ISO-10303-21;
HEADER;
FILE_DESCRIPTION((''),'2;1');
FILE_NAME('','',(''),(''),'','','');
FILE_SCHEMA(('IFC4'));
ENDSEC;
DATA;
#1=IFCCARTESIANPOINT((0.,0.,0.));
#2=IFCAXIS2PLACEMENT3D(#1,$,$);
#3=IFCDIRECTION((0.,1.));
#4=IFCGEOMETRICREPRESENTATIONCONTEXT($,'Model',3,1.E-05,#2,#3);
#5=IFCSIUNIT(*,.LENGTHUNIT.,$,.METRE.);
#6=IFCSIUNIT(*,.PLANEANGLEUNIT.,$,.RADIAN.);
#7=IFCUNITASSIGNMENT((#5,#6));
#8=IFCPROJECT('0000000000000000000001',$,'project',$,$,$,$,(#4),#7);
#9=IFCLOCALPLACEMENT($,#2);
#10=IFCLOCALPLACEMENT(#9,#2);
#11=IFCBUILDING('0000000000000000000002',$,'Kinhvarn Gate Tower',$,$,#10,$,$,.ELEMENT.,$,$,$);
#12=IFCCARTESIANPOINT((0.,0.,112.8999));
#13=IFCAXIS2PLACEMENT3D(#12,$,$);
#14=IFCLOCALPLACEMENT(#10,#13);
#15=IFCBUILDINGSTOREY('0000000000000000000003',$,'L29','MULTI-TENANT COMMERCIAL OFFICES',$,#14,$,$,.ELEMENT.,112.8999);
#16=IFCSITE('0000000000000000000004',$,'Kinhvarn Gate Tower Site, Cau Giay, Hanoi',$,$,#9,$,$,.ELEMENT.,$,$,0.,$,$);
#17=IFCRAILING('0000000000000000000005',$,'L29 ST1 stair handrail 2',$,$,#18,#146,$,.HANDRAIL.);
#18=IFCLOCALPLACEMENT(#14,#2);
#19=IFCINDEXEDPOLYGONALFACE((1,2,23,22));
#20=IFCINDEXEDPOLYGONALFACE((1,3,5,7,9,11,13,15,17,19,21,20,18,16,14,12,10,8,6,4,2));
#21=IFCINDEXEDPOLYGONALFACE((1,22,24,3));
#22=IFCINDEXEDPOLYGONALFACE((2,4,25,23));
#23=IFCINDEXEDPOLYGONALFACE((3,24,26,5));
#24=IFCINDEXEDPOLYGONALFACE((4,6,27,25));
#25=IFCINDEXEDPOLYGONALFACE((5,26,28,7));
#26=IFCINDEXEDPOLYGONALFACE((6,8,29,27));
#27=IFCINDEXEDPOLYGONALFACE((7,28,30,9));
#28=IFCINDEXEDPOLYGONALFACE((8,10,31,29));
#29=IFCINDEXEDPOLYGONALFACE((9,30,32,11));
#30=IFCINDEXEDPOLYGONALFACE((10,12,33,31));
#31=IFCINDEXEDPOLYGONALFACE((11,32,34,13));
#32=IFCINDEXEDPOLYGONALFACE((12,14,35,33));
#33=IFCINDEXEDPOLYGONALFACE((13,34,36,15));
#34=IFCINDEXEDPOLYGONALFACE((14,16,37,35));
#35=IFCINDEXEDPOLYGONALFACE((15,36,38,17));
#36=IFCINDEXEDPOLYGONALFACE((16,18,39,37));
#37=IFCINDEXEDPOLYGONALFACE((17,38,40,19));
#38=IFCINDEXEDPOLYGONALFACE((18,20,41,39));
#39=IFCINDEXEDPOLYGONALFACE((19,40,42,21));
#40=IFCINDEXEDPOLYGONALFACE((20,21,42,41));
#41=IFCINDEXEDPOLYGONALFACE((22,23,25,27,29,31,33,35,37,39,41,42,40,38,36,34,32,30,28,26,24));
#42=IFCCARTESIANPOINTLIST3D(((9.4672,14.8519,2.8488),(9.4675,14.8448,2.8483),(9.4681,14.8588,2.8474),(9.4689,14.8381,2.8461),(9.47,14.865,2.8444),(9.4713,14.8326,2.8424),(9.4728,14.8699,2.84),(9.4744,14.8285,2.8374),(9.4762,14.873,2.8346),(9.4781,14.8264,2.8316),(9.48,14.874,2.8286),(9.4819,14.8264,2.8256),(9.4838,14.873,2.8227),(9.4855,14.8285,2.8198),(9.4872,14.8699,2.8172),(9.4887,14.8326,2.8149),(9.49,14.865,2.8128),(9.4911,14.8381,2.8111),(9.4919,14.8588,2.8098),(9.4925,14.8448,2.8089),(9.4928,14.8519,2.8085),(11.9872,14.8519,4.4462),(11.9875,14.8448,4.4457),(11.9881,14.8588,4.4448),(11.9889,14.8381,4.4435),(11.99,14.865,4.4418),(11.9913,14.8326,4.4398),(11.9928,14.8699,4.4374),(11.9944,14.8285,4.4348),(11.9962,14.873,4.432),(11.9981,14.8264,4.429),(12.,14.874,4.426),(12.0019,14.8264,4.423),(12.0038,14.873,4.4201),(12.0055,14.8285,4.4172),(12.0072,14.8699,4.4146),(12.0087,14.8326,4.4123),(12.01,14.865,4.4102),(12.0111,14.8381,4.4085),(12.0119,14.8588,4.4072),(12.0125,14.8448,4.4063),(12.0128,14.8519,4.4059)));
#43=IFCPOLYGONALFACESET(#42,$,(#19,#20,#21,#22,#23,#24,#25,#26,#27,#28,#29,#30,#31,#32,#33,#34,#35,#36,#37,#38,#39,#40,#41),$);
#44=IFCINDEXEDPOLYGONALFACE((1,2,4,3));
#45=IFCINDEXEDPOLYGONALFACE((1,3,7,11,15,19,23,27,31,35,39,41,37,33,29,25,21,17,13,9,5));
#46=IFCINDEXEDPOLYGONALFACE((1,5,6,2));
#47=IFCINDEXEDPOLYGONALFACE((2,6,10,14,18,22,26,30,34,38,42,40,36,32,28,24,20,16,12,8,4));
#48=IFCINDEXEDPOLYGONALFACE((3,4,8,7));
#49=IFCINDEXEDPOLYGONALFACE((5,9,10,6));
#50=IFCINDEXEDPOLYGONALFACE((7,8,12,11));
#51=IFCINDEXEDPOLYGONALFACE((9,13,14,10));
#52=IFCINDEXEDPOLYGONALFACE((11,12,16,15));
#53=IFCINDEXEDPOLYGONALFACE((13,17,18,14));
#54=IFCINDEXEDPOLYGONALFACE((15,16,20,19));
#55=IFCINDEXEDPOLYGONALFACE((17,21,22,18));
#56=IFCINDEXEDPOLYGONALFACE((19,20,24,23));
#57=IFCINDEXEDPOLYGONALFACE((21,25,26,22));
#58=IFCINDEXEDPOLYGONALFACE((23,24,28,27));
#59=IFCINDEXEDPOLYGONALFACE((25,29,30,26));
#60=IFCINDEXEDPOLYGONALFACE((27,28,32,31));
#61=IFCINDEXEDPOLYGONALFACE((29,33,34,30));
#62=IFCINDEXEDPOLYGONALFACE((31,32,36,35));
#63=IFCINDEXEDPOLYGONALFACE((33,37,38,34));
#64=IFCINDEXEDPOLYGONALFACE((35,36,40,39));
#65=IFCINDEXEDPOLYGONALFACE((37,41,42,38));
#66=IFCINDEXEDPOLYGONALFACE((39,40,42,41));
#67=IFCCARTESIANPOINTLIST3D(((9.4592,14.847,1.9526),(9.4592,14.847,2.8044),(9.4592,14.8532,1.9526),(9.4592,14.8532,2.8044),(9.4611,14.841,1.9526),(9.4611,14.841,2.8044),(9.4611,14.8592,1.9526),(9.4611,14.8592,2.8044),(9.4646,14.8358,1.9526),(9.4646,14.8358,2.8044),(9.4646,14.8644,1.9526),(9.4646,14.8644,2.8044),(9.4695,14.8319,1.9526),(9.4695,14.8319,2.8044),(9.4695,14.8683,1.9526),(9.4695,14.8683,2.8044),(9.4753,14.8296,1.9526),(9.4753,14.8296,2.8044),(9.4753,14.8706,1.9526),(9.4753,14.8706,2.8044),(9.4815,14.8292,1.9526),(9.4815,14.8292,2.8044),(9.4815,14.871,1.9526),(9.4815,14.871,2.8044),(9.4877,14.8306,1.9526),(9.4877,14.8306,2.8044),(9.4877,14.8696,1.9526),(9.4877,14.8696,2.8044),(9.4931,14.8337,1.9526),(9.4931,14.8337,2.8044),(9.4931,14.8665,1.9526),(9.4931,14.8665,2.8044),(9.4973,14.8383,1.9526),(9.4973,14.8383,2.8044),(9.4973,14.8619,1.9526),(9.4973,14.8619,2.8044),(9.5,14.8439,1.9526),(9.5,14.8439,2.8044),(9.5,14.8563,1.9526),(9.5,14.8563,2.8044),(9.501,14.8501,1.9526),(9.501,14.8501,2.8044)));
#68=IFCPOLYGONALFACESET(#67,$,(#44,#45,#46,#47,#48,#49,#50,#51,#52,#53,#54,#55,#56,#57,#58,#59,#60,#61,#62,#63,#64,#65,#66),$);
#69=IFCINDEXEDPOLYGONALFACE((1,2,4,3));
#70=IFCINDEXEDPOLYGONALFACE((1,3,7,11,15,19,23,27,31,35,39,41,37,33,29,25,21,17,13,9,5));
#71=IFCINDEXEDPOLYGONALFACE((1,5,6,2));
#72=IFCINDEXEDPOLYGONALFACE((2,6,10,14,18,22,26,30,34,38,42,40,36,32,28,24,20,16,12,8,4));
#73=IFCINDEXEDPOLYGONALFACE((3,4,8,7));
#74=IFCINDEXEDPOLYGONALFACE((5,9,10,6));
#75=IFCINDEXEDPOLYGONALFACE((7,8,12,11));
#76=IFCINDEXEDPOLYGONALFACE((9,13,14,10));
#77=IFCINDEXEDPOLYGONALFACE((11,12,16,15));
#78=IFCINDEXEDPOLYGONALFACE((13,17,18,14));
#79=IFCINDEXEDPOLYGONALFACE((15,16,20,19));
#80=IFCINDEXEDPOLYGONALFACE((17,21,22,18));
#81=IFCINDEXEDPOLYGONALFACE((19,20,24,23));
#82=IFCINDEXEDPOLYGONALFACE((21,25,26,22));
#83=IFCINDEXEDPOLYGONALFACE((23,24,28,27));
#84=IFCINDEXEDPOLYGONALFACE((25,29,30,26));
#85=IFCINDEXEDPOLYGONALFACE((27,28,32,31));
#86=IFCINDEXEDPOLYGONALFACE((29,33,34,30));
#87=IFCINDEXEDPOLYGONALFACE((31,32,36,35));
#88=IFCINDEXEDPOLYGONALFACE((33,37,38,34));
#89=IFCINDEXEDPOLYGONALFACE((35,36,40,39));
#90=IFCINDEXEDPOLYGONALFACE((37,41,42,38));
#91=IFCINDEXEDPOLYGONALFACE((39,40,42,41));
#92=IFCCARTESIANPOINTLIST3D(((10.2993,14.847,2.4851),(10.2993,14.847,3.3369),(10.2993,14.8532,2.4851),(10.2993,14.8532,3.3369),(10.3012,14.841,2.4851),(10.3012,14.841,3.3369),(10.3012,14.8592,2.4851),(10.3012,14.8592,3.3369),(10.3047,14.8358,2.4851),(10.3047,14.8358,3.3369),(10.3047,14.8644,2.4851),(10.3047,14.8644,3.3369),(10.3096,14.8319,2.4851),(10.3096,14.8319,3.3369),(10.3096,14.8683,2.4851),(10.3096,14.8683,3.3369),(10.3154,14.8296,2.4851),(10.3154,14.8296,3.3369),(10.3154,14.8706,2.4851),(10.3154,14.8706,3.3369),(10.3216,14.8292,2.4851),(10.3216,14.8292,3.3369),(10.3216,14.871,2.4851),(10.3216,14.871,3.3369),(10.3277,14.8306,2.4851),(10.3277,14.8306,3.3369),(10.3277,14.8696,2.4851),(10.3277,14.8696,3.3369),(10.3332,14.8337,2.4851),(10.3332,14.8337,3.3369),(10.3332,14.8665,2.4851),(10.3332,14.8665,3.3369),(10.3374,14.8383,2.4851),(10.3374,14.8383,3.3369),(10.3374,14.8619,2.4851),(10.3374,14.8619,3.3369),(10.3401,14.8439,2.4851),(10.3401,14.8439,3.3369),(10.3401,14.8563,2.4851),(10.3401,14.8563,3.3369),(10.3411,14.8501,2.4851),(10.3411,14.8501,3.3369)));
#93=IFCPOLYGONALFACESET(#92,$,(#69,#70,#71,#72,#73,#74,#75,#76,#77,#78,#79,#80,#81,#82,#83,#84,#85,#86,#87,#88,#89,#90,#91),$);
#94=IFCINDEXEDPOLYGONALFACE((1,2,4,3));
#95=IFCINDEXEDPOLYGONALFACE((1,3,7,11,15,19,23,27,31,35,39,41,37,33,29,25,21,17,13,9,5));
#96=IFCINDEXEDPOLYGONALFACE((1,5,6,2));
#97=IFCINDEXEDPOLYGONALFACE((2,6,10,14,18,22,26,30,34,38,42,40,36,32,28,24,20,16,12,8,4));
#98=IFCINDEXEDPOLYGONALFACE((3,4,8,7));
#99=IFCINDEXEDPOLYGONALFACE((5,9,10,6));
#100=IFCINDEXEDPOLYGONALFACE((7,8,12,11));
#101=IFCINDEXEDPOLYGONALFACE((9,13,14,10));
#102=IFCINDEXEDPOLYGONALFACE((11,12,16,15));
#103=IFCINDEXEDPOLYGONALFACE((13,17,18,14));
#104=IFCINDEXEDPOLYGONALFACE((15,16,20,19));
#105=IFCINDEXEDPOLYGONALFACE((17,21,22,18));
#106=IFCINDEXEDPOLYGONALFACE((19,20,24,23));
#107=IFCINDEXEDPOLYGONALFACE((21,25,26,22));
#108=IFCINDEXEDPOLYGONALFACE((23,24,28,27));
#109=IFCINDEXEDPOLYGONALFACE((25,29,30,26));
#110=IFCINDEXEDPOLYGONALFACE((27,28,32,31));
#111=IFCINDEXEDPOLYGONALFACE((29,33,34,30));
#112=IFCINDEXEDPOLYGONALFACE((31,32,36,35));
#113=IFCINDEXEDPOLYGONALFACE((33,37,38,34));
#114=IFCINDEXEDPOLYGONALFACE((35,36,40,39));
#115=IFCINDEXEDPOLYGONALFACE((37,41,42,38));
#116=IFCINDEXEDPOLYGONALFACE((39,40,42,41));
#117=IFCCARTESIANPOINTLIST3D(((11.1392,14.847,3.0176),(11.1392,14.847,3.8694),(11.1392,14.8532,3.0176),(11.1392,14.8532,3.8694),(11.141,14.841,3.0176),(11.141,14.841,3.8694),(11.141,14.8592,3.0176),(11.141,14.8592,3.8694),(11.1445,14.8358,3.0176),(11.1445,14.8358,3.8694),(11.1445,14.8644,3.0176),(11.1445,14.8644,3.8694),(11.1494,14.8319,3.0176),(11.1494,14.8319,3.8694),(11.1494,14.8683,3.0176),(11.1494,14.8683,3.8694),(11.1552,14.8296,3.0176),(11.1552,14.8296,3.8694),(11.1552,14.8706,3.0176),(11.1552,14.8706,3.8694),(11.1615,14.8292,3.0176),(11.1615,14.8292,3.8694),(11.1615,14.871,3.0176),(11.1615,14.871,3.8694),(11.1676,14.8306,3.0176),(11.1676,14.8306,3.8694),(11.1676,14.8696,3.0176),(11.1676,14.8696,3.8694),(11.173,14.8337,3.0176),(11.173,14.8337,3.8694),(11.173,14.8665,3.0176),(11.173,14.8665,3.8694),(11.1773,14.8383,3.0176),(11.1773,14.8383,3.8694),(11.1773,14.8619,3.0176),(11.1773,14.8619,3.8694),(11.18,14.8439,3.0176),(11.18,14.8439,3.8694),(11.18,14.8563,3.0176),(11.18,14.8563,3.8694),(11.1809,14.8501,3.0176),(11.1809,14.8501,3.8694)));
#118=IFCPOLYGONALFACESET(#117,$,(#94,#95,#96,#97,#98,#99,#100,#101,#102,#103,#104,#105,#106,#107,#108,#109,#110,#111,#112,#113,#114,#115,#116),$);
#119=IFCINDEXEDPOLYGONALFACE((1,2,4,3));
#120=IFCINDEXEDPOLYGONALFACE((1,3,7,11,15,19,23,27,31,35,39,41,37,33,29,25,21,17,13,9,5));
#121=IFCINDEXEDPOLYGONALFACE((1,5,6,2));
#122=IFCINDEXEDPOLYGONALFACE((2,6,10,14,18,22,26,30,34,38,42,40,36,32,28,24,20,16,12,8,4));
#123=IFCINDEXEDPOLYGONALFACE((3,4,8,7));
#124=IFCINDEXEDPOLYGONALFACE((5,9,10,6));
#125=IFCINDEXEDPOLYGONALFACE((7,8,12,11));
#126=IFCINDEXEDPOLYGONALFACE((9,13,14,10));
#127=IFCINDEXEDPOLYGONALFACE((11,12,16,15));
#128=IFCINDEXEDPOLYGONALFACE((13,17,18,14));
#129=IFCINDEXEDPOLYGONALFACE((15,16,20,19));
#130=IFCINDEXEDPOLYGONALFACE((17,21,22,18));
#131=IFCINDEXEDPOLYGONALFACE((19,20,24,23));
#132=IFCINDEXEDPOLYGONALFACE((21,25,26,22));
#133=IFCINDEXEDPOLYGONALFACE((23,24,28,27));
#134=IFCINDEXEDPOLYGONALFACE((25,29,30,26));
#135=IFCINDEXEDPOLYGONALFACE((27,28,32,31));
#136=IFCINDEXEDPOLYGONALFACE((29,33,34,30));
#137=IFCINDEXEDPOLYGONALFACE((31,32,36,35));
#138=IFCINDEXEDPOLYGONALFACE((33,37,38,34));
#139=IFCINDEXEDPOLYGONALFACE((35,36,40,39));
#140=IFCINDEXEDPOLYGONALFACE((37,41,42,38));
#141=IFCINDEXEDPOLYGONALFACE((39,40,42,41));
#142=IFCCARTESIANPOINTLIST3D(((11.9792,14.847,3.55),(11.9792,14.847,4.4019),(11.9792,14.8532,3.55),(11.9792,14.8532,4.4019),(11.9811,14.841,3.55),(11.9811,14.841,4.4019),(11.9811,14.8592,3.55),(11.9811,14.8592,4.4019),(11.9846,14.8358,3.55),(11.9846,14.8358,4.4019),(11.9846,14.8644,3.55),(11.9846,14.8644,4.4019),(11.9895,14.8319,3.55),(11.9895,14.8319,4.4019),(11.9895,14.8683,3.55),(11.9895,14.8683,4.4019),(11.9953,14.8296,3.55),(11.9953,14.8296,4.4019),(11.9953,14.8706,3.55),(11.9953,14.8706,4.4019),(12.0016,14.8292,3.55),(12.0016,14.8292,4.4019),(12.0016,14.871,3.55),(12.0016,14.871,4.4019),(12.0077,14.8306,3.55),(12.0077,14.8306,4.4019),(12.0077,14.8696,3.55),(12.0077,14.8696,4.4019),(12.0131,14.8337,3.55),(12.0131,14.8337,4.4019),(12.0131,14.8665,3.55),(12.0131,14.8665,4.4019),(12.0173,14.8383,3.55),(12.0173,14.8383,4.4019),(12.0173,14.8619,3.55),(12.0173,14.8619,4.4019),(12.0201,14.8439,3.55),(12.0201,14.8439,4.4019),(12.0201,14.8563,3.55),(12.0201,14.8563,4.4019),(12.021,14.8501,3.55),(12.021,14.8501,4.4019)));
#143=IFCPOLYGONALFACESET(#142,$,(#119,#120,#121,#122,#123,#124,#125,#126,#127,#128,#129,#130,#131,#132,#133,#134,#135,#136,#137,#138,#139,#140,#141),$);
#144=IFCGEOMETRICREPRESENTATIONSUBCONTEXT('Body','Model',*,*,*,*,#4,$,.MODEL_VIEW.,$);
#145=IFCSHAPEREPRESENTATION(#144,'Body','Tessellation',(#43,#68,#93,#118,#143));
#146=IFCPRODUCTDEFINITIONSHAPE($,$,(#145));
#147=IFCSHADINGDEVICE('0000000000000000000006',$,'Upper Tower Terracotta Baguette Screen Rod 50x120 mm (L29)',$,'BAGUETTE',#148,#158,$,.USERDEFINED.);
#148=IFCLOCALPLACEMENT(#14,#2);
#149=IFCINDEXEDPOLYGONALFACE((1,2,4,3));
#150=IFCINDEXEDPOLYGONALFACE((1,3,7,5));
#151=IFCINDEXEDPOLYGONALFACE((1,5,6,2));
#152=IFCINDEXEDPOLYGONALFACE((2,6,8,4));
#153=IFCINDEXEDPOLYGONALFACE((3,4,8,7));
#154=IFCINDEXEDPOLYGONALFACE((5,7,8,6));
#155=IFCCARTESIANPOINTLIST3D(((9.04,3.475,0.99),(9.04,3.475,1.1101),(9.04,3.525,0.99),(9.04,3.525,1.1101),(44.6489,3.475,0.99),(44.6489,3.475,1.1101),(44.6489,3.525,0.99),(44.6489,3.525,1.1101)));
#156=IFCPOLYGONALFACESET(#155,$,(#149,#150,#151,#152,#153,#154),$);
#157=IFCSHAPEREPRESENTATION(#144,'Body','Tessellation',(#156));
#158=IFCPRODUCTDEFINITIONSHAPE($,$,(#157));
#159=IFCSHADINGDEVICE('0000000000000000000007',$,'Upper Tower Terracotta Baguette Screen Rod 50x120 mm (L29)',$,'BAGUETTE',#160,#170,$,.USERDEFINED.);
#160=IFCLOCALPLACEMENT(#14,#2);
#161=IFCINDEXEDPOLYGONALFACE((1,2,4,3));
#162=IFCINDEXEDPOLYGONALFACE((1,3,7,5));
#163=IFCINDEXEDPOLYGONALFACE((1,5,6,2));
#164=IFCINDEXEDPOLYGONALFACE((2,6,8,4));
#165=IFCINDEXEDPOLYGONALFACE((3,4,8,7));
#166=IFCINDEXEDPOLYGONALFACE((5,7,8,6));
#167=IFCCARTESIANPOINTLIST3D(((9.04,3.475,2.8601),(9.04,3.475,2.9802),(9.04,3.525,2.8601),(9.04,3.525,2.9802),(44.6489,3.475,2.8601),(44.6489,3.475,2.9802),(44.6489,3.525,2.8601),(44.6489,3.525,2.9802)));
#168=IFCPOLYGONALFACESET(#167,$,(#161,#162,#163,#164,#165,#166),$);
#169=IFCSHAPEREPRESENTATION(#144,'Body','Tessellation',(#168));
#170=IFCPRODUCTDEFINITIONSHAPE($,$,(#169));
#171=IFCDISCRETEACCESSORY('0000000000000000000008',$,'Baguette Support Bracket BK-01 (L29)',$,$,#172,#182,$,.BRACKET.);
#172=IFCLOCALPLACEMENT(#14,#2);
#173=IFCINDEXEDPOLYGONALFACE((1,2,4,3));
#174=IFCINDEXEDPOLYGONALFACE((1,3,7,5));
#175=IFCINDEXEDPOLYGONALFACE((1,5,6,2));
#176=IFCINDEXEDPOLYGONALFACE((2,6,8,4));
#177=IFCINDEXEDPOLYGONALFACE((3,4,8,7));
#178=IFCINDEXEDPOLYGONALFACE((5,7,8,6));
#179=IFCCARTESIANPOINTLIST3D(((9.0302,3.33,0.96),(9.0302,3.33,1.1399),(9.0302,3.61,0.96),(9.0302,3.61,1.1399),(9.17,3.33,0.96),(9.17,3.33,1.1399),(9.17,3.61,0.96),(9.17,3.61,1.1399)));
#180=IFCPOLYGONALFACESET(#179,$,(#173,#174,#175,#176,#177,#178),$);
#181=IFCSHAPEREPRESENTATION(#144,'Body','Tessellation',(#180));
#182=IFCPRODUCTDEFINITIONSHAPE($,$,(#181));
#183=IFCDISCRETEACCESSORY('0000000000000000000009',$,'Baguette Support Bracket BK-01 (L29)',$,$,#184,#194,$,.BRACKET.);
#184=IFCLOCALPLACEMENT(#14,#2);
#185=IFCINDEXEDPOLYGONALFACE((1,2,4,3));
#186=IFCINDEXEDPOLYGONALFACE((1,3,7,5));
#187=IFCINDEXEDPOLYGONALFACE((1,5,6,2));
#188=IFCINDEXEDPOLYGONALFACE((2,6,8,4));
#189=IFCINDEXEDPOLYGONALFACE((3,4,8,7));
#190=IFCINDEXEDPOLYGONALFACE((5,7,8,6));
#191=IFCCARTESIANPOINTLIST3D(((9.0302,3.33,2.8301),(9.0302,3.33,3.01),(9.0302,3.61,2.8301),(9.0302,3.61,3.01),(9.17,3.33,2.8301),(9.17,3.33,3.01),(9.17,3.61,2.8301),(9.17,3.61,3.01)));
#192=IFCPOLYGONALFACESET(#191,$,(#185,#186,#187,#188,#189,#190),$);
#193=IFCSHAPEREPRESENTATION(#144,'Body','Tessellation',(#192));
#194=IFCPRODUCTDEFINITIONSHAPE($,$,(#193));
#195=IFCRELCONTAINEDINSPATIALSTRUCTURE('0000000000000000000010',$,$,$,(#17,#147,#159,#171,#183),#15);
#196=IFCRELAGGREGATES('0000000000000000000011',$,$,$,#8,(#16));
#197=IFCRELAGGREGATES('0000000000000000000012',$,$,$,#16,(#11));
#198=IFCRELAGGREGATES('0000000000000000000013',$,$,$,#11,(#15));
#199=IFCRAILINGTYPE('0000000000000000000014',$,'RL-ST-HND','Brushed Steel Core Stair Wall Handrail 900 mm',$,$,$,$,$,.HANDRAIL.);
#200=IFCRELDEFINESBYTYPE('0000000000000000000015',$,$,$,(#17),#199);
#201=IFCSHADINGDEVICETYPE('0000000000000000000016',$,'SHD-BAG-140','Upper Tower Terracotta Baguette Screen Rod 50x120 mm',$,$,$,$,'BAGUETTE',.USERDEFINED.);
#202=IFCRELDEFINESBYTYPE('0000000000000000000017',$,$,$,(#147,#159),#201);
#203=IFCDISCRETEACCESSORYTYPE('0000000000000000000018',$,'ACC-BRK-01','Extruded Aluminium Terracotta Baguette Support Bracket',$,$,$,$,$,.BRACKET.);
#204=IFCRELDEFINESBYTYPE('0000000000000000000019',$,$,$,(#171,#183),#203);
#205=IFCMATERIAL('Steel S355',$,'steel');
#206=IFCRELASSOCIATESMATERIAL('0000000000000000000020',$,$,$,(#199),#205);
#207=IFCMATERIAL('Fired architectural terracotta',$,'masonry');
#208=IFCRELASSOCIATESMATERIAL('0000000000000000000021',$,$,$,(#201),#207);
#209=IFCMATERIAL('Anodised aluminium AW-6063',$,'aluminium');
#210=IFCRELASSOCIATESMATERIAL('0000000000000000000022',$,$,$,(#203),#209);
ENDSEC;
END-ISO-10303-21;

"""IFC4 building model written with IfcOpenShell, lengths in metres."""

from ifc_helpers import new_model, si_unit, direction, frame, origin, origin_2d, place, context, subcontext, project, spatial, rectangle, circle, extrude, material, material_profile, profile_set, type_object, element, save


model = new_model("IFC4")

# Units and contexts
model_context = context("Model", 3, precision=1e-05, world=origin(), true_north=direction((0.0, 1.0)))
body_context = subcontext(model_context, "Body", "Model", "MODEL_VIEW")
ifc_project = project(units=[si_unit("LENGTHUNIT", "METRE"), si_unit("PLANEANGLEUNIT", "RADIAN")], contexts=[model_context])

# Site, building, storey
site_placement = place(None, origin())
site = spatial("IfcSite", under=ifc_project, at=site_placement, Name="Kinhvarn Gate Tower Site, Cau Giay, Hanoi", CompositionType="ELEMENT", RefElevation=0.0)
building_placement = place(site_placement, origin())
building = spatial("IfcBuilding", under=site, at=building_placement, Name="Kinhvarn Gate Tower", CompositionType="ELEMENT")
storey_placement = place(building_placement, frame((0.0, 0.0, 112.8999)))
storey = spatial("IfcBuildingStorey", under=building, at=storey_placement, Name="L29", Description="MULTI-TENANT COMMERCIAL OFFICES", CompositionType="ELEMENT", Elevation=112.8999)

# Shared definitions
ifc_material_1 = material(Name="Anodised aluminium AW-6063", Category="aluminium")

# Shared definitions
ifc_material_2 = material(Name="Steel S355", Category="steel")

# Shared definitions
ifc_material_3 = material(Name="Fired architectural terracotta", Category="masonry")

# Railing
railing_type_1 = type_object("IfcRailingType", Name="RL-ST-HND", Description="Brushed Steel Core Stair Wall Handrail 900 mm", PredefinedType="HANDRAIL", material=ifc_material_2)
railing_1_placement = place(storey_placement, frame((9.48, 14.8501, 1.9526)))
element("IfcRailing", 1, at=railing_1_placement, inside=storey, type_object=railing_type_1, Name="L29 ST1 stair handrail 2", PredefinedType="HANDRAIL", context=body_context, shape_type="SweptSolid", body=[
    extrude(circle(Radius=0.0239, at=origin_2d()), frame((0.0, 0.0, 0.876), z_axis=(0.844607, 0.0, 0.535387), x_axis=(0.0, 1.0, 0.0)), (0.0, 0.0, 1.0), 2.9836),
    extrude(circle(Radius=0.021, at=origin_2d()), origin(), (0.0, 0.0, 1.0), 0.8518),
    extrude(circle(Radius=0.021, at=origin_2d()), frame((0.8401, 0.0, 0.5325)), (0.0, 0.0, 1.0), 0.8518),
    extrude(circle(Radius=0.021, at=origin_2d()), frame((1.6799, 0.0, 1.0649)), (0.0, 0.0, 1.0), 0.8518),
    extrude(circle(Radius=0.021, at=origin_2d()), frame((2.52, 0.0, 1.5974)), (0.0, 0.0, 1.0), 0.8518),
])

# Shading devices
ifc_material_profile_1 = material_profile(ifc_material_3, rectangle(XDim=0.05, YDim=0.1201, at=origin_2d()), Name="TC 50x120")
ifc_profile_set_1 = profile_set([ifc_material_profile_1], Name="Fired architectural terracotta")
shading_device_type = type_object("IfcShadingDeviceType", Name="SHD-BAG-140", Description="Upper Tower Terracotta Baguette Screen Rod 50x120 mm", ElementType="BAGUETTE", PredefinedType="USERDEFINED", material=ifc_profile_set_1)
for number, where, z_axis, x_axis, name in (
    (2, (9.04, 3.5, 1.05), (1.0, 0.0, 0.0), (0.0, 1.0, 0.0), "Upper Tower Terracotta Baguette Screen Rod 50x120 mm (L29)"),
    (3, (9.04, 3.5, 2.9202), (1.0, 0.0, 0.0), (0.0, 1.0, 0.0), "Upper Tower Terracotta Baguette Screen Rod 50x120 mm (L29)"),
):
    element("IfcShadingDevice", number, at=place(storey_placement, frame(where, z_axis=z_axis, x_axis=x_axis)), inside=storey, type_object=shading_device_type, Name=name, ObjectType="BAGUETTE", PredefinedType="USERDEFINED", context=body_context, shape_type="SweptSolid", body=[
        extrude(rectangle(XDim=0.05, YDim=0.1201, at=origin_2d()), origin(), (0.0, 0.0, 1.0), 35.6089),
    ])

# Discrete accessories
discrete_accessory_type = type_object("IfcDiscreteAccessoryType", Name="ACC-BRK-01", Description="Extruded Aluminium Terracotta Baguette Support Bracket", PredefinedType="BRACKET", material=ifc_material_1)
for number, where, z_axis, x_axis, name in (
    (4, (9.1001, 3.47, 0.96), (0.0, 0.0, 1.0), (1.0, 0.0, 0.0), "Baguette Support Bracket BK-01 (L29)"),
    (5, (9.1001, 3.47, 2.8301), (0.0, 0.0, 1.0), (1.0, 0.0, 0.0), "Baguette Support Bracket BK-01 (L29)"),
):
    element("IfcDiscreteAccessory", number, at=place(storey_placement, frame(where, z_axis=z_axis, x_axis=x_axis)), inside=storey, type_object=discrete_accessory_type, Name=name, PredefinedType="BRACKET", context=body_context, shape_type="SweptSolid", body=[
        extrude(rectangle(XDim=0.1399, YDim=0.28, at=origin_2d()), origin(), (0.0, 0.0, 1.0), 0.1799),
    ])

save(model, "model.ifc")
